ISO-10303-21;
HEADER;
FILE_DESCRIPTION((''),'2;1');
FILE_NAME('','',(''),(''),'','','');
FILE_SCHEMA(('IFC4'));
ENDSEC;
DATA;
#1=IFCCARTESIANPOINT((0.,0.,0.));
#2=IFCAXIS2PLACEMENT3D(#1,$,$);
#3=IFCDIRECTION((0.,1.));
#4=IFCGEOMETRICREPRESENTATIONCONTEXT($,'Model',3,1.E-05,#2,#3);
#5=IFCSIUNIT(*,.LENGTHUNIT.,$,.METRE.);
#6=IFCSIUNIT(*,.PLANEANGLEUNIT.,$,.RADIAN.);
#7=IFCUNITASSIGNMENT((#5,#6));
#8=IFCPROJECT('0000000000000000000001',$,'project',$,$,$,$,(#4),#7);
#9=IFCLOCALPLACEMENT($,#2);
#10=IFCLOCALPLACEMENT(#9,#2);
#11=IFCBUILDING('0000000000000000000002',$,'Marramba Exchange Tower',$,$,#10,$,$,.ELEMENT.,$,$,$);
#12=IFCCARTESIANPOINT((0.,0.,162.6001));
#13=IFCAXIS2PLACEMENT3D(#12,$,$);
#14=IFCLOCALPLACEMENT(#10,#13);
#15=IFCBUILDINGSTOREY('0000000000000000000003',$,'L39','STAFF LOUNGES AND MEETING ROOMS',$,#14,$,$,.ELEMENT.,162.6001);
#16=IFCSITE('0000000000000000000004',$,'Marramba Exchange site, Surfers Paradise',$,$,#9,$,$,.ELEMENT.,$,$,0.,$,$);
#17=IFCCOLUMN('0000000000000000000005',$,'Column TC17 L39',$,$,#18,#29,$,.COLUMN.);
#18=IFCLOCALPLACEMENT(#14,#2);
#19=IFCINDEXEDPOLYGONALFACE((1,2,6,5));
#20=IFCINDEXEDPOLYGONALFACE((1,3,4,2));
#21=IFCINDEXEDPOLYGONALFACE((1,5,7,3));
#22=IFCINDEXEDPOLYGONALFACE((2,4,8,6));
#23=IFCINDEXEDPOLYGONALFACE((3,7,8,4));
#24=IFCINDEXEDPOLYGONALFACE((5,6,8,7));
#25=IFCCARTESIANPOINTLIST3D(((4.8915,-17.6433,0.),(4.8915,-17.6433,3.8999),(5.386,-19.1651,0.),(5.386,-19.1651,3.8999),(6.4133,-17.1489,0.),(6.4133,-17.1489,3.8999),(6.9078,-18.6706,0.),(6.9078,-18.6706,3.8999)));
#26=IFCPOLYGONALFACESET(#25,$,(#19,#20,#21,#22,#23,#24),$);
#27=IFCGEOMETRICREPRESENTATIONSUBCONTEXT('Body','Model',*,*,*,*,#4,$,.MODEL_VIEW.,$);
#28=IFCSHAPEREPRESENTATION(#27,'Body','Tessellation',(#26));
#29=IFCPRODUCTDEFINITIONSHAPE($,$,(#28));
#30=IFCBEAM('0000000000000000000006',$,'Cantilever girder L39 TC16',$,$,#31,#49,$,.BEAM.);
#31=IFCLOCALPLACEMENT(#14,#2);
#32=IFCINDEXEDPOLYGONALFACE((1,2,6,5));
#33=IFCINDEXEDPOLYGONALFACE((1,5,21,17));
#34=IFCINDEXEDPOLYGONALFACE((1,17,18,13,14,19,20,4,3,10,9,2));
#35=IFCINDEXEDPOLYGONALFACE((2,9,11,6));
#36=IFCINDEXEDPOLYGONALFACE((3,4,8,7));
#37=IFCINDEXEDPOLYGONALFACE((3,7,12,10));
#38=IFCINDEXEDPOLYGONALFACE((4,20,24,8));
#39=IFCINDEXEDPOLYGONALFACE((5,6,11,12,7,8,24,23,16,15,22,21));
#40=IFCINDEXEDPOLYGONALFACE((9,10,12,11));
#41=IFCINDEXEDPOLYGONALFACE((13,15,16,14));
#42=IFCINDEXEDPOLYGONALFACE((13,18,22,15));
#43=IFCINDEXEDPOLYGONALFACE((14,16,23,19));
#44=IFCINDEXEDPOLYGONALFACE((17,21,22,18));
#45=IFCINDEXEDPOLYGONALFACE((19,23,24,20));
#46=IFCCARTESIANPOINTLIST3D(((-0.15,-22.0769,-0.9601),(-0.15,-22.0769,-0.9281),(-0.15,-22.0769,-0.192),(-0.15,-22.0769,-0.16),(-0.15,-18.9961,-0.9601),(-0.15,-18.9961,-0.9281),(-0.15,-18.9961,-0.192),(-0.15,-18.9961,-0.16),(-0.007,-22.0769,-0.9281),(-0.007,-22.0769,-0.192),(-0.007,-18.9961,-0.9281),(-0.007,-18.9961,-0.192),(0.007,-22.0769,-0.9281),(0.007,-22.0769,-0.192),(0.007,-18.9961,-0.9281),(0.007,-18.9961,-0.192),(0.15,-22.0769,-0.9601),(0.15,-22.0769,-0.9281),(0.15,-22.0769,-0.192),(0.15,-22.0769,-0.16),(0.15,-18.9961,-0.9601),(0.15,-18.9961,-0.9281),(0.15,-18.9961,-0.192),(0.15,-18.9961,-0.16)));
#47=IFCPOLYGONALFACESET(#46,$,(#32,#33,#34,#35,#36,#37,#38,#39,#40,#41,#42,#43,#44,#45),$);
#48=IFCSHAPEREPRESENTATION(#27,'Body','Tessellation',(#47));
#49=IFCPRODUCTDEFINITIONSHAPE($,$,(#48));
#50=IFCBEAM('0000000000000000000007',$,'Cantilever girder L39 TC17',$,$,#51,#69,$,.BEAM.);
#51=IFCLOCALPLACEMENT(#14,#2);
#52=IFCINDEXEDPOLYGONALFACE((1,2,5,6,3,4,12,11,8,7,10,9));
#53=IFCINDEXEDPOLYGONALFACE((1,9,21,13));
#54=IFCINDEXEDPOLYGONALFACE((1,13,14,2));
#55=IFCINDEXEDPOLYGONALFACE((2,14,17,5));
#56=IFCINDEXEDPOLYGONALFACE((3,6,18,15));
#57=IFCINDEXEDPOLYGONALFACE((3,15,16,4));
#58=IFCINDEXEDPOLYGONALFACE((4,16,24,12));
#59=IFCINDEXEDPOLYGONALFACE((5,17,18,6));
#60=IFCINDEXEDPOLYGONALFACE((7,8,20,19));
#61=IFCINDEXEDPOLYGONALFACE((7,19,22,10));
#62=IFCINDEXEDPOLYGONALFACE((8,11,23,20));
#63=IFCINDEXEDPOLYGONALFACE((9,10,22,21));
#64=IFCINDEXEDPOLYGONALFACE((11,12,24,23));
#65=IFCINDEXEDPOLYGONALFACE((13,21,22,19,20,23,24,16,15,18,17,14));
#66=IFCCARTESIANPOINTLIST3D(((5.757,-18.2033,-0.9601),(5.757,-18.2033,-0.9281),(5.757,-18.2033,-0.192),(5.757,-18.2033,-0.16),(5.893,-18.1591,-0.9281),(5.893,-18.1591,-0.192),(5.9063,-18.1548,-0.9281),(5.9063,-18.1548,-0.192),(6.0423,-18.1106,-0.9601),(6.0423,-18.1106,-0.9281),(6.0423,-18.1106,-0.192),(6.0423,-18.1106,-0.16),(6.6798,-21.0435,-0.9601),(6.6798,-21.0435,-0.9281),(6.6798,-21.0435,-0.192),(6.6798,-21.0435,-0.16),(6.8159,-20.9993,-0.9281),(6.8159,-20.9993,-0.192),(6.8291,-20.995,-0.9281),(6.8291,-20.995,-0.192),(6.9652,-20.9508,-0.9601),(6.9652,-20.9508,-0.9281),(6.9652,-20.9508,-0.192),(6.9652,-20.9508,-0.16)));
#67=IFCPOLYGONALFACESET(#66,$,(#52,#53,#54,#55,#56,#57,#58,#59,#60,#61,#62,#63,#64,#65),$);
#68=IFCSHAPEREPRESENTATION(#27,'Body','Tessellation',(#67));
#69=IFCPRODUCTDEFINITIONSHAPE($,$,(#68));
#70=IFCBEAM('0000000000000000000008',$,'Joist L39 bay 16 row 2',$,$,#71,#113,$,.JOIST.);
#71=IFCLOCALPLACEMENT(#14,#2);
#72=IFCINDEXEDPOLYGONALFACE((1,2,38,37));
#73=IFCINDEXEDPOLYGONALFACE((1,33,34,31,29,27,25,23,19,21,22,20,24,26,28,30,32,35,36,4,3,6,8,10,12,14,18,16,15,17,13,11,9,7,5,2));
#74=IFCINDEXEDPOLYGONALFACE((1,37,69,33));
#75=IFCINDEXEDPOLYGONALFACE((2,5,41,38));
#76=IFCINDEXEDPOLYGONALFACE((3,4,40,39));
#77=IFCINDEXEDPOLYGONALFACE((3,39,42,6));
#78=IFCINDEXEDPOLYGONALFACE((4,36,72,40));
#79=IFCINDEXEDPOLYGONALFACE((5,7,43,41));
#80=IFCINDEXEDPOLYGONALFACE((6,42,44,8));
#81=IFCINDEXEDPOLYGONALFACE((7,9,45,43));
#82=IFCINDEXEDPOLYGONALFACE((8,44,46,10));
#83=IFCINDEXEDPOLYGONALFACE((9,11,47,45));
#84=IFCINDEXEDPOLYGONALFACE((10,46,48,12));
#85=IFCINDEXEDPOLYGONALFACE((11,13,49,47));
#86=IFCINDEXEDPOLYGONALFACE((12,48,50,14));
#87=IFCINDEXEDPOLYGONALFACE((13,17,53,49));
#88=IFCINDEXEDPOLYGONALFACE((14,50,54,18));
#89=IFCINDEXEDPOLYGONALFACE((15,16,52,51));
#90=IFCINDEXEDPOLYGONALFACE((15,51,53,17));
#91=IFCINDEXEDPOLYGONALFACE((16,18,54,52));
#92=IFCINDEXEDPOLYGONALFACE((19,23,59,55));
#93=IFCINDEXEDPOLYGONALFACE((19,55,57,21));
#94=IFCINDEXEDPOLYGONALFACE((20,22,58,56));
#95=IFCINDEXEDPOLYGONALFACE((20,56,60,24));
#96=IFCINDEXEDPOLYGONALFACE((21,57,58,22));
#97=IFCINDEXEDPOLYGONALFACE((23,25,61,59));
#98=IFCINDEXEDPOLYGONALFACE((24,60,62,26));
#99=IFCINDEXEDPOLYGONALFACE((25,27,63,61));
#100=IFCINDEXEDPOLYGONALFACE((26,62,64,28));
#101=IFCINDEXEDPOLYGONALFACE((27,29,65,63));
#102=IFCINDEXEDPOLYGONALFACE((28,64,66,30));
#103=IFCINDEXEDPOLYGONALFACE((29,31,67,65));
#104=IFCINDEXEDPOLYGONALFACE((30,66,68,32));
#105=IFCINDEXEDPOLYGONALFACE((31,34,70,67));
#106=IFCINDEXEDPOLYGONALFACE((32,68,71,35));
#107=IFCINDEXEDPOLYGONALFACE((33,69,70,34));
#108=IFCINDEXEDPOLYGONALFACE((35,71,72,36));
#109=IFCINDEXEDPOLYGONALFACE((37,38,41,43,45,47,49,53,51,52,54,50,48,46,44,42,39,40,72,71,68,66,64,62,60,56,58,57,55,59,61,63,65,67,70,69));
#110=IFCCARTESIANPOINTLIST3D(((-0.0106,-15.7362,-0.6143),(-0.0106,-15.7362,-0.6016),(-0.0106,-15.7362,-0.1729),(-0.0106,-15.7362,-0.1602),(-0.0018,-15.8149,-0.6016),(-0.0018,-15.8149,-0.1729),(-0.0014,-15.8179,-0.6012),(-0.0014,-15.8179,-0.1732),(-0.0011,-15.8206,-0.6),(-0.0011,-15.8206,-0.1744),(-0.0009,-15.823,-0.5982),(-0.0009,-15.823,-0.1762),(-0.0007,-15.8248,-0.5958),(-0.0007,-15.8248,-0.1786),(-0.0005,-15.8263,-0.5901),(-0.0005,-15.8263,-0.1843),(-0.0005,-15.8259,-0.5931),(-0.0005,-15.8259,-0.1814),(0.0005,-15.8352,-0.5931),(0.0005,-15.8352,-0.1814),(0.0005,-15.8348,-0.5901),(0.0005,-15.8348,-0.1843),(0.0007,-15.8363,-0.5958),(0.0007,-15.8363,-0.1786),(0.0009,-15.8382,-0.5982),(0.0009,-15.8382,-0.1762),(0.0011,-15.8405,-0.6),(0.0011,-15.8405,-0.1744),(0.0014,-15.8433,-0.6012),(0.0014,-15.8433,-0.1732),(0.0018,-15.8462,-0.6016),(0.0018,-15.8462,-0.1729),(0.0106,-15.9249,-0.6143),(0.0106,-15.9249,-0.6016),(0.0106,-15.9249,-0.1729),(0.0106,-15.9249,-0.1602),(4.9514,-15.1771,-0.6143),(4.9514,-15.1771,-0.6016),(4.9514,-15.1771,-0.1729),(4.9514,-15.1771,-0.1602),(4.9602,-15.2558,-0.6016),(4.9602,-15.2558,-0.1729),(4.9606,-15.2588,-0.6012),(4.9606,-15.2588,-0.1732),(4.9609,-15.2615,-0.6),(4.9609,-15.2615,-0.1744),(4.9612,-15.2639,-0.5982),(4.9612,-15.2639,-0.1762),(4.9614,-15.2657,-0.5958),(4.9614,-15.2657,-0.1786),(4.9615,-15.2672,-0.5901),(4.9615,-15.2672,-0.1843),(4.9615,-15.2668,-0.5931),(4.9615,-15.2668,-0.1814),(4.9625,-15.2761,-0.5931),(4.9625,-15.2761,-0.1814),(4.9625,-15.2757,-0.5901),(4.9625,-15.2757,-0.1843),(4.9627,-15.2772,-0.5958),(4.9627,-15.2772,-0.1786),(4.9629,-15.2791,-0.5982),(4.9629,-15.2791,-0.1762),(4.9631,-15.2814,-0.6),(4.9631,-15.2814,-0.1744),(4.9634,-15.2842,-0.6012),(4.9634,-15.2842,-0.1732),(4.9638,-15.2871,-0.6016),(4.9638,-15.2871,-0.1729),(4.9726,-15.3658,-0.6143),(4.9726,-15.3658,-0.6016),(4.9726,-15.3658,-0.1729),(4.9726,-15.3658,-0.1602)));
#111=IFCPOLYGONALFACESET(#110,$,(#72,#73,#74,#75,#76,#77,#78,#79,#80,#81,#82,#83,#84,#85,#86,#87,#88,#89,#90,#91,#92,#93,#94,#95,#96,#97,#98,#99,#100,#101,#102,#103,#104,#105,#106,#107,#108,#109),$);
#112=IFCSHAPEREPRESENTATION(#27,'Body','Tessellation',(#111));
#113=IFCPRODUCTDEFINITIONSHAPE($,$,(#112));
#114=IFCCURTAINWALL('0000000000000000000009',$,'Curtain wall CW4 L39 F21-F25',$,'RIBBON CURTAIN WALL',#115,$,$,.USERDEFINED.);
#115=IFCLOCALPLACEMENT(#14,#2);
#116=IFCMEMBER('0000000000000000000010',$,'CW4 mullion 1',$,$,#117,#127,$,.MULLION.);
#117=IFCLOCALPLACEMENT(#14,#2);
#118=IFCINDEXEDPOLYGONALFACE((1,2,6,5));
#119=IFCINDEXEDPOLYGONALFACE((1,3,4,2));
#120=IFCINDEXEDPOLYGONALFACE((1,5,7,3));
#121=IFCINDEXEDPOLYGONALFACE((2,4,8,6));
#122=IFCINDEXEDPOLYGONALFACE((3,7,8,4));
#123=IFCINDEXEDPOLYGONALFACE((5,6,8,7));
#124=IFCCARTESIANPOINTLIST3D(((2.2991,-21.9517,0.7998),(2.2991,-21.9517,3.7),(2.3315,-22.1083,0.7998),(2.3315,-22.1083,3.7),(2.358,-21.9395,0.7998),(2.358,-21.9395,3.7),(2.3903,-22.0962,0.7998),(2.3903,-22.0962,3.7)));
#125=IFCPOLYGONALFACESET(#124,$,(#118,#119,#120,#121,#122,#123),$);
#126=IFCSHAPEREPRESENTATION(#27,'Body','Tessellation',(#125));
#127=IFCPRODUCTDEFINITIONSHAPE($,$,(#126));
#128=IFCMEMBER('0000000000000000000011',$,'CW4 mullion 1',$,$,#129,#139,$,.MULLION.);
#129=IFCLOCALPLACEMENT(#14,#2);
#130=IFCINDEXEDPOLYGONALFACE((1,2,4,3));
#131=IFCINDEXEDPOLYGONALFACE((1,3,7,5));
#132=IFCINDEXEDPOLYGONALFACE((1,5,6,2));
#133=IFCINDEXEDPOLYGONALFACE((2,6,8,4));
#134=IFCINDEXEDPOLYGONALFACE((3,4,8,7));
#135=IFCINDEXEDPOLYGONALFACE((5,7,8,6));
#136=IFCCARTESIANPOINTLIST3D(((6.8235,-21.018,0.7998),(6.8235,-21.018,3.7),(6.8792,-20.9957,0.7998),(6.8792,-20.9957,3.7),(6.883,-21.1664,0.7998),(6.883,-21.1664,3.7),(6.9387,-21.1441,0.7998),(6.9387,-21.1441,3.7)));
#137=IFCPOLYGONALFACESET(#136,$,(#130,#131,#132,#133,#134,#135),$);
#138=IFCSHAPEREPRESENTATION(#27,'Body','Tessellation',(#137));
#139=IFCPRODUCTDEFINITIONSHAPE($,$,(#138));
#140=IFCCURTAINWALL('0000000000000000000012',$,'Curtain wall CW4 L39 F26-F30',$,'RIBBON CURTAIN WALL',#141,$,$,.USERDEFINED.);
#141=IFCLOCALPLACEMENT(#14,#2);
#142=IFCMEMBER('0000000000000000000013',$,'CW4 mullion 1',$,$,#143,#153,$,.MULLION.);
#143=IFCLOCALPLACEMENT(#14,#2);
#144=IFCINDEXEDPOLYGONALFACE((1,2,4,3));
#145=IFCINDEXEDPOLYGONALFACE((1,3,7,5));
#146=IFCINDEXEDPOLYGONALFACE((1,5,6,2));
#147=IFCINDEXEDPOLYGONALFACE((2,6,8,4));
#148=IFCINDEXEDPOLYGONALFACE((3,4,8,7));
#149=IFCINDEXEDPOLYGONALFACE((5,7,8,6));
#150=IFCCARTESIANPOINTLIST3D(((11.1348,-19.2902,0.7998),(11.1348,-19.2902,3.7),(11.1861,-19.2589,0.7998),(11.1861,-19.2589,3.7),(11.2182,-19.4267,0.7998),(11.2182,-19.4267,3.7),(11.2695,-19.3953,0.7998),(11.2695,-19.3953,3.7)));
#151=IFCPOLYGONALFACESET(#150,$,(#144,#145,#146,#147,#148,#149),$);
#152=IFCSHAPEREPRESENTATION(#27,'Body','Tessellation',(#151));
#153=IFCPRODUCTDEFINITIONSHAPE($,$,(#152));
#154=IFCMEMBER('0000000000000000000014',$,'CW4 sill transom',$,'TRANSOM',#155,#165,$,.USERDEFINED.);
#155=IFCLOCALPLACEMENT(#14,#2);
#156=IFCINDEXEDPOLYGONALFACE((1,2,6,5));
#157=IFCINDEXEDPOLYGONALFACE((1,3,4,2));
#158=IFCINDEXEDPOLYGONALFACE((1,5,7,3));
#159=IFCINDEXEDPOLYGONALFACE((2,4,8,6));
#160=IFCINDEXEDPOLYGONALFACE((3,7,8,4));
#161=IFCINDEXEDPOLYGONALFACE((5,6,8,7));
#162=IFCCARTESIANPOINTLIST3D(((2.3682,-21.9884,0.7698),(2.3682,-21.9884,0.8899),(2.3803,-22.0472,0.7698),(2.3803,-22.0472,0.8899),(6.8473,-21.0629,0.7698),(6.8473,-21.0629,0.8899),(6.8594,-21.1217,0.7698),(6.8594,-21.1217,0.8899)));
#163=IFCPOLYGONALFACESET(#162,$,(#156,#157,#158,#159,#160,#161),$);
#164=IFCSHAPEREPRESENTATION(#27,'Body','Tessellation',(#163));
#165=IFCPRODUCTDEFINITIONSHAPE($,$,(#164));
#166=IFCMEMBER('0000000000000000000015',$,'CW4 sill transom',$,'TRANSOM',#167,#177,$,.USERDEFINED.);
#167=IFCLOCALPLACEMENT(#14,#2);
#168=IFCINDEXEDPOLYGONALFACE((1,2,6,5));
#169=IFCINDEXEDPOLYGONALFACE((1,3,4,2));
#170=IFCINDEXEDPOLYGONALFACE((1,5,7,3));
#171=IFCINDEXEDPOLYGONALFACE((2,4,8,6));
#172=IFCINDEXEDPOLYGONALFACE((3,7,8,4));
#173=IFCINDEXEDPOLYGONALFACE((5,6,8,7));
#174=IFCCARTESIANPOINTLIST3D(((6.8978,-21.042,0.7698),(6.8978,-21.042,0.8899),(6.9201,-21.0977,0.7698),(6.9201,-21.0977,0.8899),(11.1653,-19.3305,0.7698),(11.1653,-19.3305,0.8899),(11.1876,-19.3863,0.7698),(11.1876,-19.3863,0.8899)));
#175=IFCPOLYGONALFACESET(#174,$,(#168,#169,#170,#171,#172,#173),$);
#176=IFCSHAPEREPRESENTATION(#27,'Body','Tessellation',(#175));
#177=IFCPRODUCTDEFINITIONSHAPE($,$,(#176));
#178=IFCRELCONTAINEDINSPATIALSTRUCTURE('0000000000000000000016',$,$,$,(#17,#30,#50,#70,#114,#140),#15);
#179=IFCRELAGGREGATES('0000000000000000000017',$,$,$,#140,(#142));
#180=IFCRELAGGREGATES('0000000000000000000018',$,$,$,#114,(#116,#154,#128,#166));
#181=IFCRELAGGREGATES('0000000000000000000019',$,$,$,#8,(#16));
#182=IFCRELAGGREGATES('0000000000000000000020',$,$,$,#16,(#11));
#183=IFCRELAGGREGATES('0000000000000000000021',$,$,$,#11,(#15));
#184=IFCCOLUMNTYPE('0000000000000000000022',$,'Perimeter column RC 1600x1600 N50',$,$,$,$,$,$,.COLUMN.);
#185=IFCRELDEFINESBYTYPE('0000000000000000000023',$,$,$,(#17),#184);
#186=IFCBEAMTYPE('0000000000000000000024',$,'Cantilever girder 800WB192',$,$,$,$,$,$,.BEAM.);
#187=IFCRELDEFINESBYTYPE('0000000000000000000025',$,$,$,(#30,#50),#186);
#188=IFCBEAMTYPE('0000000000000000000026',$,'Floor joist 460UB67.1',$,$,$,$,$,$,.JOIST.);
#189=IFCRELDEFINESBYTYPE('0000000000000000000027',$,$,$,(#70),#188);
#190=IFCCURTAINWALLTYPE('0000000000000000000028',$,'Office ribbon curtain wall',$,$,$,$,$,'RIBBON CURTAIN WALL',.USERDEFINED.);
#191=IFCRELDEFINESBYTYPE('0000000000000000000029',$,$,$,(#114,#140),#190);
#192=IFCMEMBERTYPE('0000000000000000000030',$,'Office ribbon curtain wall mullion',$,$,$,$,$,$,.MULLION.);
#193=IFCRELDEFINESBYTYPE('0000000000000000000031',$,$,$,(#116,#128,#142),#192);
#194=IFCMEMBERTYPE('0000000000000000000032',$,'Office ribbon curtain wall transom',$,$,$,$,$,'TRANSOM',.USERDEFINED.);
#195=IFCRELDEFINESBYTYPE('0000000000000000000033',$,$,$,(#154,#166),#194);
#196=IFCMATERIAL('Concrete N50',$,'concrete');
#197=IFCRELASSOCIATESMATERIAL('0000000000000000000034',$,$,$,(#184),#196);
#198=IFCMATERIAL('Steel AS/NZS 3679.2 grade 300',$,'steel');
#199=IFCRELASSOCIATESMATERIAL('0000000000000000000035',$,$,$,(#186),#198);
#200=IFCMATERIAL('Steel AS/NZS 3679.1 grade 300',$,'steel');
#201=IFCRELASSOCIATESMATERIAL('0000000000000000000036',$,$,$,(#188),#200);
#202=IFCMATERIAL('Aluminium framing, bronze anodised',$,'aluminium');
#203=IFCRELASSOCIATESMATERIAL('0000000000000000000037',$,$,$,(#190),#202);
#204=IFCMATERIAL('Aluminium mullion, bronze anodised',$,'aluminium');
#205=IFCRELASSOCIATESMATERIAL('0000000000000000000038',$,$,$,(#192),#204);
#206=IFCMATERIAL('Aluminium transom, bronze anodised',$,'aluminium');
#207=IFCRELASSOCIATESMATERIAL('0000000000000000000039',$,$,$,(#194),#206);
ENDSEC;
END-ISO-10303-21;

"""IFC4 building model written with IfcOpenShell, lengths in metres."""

from ifc_helpers import new_model, si_unit, direction, frame, origin, origin_2d, place, context, subcontext, project, spatial, rectangle, i_section, extrude, material, material_profile, profile_set, type_object, element, aggregate, save


model = new_model("IFC4")

# Units and contexts
model_context = context("Model", 3, precision=1e-05, world=origin(), true_north=direction((0.0, 1.0)))
body_context = subcontext(model_context, "Body", "Model", "MODEL_VIEW")
ifc_project = project(units=[si_unit("LENGTHUNIT", "METRE"), si_unit("PLANEANGLEUNIT", "RADIAN")], contexts=[model_context])

# Site, building, storey
site_placement = place(None, origin())
site = spatial("IfcSite", under=ifc_project, at=site_placement, Name="Marramba Exchange site, Surfers Paradise", CompositionType="ELEMENT", RefElevation=0.0)
building_placement = place(site_placement, origin())
building = spatial("IfcBuilding", under=site, at=building_placement, Name="Marramba Exchange Tower", CompositionType="ELEMENT")
storey_placement = place(building_placement, frame((0.0, 0.0, 162.6001)))
storey = spatial("IfcBuildingStorey", under=building, at=storey_placement, Name="L39", Description="STAFF LOUNGES AND MEETING ROOMS", CompositionType="ELEMENT", Elevation=162.6001)

# Column
ifc_material_1 = material(Name="Concrete N50", Category="concrete")
ifc_material_profile_1 = material_profile(ifc_material_1, rectangle(XDim=1.6001, YDim=1.6001, at=origin_2d()), Name="RC 1600x1600")
ifc_profile_set_1 = profile_set([ifc_material_profile_1], Name="Concrete N50")
column_type = type_object("IfcColumnType", Name="Perimeter column RC 1600x1600 N50", PredefinedType="COLUMN", material=ifc_profile_set_1)
column_placement = place(storey_placement, frame((5.8997, -18.157, 0.0), z_axis=(0.0, 0.0, 1.0), x_axis=(0.309017, -0.951057, 0.0)))
element("IfcColumn", 1, at=column_placement, inside=storey, type_object=column_type, Name="Column TC17 L39", PredefinedType="COLUMN", context=body_context, shape_type="SweptSolid", body=[
    extrude(rectangle(XDim=1.6001, YDim=1.6001, at=origin_2d()), origin(), (0.0, 0.0, 1.0), 3.8999),
])

# Beams
ifc_material_2 = material(Name="Steel AS/NZS 3679.2 grade 300", Category="steel")
ifc_material_profile_2 = material_profile(ifc_material_2, i_section(OverallWidth=0.3, OverallDepth=0.8, WebThickness=0.0139, FlangeThickness=0.032, at=origin_2d()), Name="800WB192")
ifc_profile_set_2 = profile_set([ifc_material_profile_2], Name="Steel AS/NZS 3679.2 grade 300")
beam_type_1 = type_object("IfcBeamType", Name="Cantilever girder 800WB192", PredefinedType="BEAM", material=ifc_profile_set_2)
beam_1_placement = place(storey_placement, frame((0.0, -18.9961, -0.5601), z_axis=(0.0, -1.0, 0.0), x_axis=(1.0, 0.0, 0.0)))
element("IfcBeam", 2, at=beam_1_placement, inside=storey, type_object=beam_type_1, Name="Cantilever girder L39 TC16", PredefinedType="BEAM", context=body_context, shape_type="SweptSolid", body=[
    extrude(i_section(OverallWidth=0.3, OverallDepth=0.8, WebThickness=0.0139, FlangeThickness=0.032, at=origin_2d()), origin(), (0.0, 0.0, 1.0), 3.0808),
])
beam_2_placement = place(storey_placement, frame((5.8997, -18.157, -0.5601), z_axis=(0.309032, -0.951051, 0.0), x_axis=(0.951051, 0.309032, 0.0)))
element("IfcBeam", 3, at=beam_2_placement, inside=storey, type_object=beam_type_1, Name="Cantilever girder L39 TC17", PredefinedType="BEAM", context=body_context, shape_type="SweptSolid", body=[
    extrude(i_section(OverallWidth=0.3, OverallDepth=0.8, WebThickness=0.0139, FlangeThickness=0.032, at=origin_2d()), origin(), (0.0, 0.0, 1.0), 2.9863),
])
ifc_material_3 = material(Name="Steel AS/NZS 3679.1 grade 300", Category="steel")
ifc_material_profile_3 = material_profile(ifc_material_3, i_section(OverallWidth=0.1899, OverallDepth=0.4541, WebThickness=0.0085, FlangeThickness=0.0127, FilletRadius=0.0115, at=origin_2d()), Name="460UB67.1")
ifc_profile_set_3 = profile_set([ifc_material_profile_3], Name="Steel AS/NZS 3679.1 grade 300")
beam_type_2 = type_object("IfcBeamType", Name="Floor joist 460UB67.1", PredefinedType="JOIST", material=ifc_profile_set_3)
beam_3_placement = place(storey_placement, frame((0.0, -15.8306, -0.3872), z_axis=(0.993712, 0.111966, 0.0), x_axis=(-0.111966, 0.993712, 0.0)))
element("IfcBeam", 4, at=beam_3_placement, inside=storey, type_object=beam_type_2, Name="Joist L39 bay 16 row 2", PredefinedType="JOIST", context=body_context, shape_type="SweptSolid", body=[
    extrude(i_section(OverallWidth=0.1899, OverallDepth=0.4541, WebThickness=0.0085, FlangeThickness=0.0127, FilletRadius=0.0115, at=origin_2d()), origin(), (0.0, 0.0, 1.0), 4.9934),
])

# Curtain wall, members
ifc_material_4 = material(Name="Aluminium framing, bronze anodised", Category="aluminium")
curtain_wall_type = type_object("IfcCurtainWallType", Name="Office ribbon curtain wall", ElementType="RIBBON CURTAIN WALL", PredefinedType="USERDEFINED", material=ifc_material_4)
curtain_wall_1_placement = place(storey_placement, origin())
curtain_wall_1 = element("IfcCurtainWall", 5, at=curtain_wall_1_placement, inside=storey, type_object=curtain_wall_type, Name="Curtain wall CW4 L39 F21-F25", ObjectType="RIBBON CURTAIN WALL", PredefinedType="USERDEFINED")
ifc_material_5 = material(Name="Aluminium mullion, bronze anodised", Category="aluminium")
ifc_material_profile_4 = material_profile(ifc_material_5, rectangle(XDim=0.1599, YDim=0.0601, at=origin_2d()), Name="CW4 mullion 60x160")
ifc_profile_set_4 = profile_set([ifc_material_profile_4], Name="Aluminium mullion, bronze anodised")
member_type_1 = type_object("IfcMemberType", Name="Office ribbon curtain wall mullion", PredefinedType="MULLION", material=ifc_profile_set_4)
member_1_placement = place(storey_placement, frame((2.3447, -22.0239, 0.7998), z_axis=(0.0, 0.0, 1.0), x_axis=(-0.202365, 0.97931, 0.0)))
member_1 = element("IfcMember", 6, at=member_1_placement, type_object=member_type_1, Name="CW4 mullion 1", PredefinedType="MULLION", context=body_context, shape_type="SweptSolid", body=[
    extrude(rectangle(XDim=0.1599, YDim=0.0601, at=origin_2d()), origin(), (0.0, 0.0, 1.0), 2.9001),
])
member_2_placement = place(storey_placement, frame((6.8811, -21.0811, 0.7998), z_axis=(0.0, 0.0, 1.0), x_axis=(-0.372209, 0.928149, 0.0)))
member_2 = element("IfcMember", 7, at=member_2_placement, type_object=member_type_1, Name="CW4 mullion 1", PredefinedType="MULLION", context=body_context, shape_type="SweptSolid", body=[
    extrude(rectangle(XDim=0.1599, YDim=0.0601, at=origin_2d()), origin(), (0.0, 0.0, 1.0), 2.9001),
])

# Curtain wall, member
curtain_wall_2_placement = place(storey_placement, origin())
curtain_wall_2 = element("IfcCurtainWall", 8, at=curtain_wall_2_placement, inside=storey, type_object=curtain_wall_type, Name="Curtain wall CW4 L39 F26-F30", ObjectType="RIBBON CURTAIN WALL", PredefinedType="USERDEFINED")
member_3_placement = place(storey_placement, frame((11.2021, -19.3428, 0.7998), z_axis=(0.0, 0.0, 1.0), x_axis=(-0.521733, 0.853109, 0.0)))
member_3 = element("IfcMember", 9, at=member_3_placement, type_object=member_type_1, Name="CW4 mullion 1", PredefinedType="MULLION", context=body_context, shape_type="SweptSolid", body=[
    extrude(rectangle(XDim=0.1599, YDim=0.0601, at=origin_2d()), origin(), (0.0, 0.0, 1.0), 2.9001),
])
aggregate(curtain_wall_2, [member_3])

# Members
ifc_material_6 = material(Name="Aluminium transom, bronze anodised", Category="aluminium")
ifc_material_profile_5 = material_profile(ifc_material_6, rectangle(XDim=0.0601, YDim=0.1201, at=origin_2d()), Name="CW4 transom 60x120")
ifc_profile_set_5 = profile_set([ifc_material_profile_5], Name="Aluminium transom, bronze anodised")
member_type_2 = type_object("IfcMemberType", Name="Office ribbon curtain wall transom", ElementType="TRANSOM", PredefinedType="USERDEFINED", material=ifc_profile_set_5)
member_4_placement = place(storey_placement, frame((2.3743, -22.0178, 0.8298), z_axis=(0.97931, 0.202364, 0.0), x_axis=(-0.202364, 0.97931, 0.0)))
member_4 = element("IfcMember", 10, at=member_4_placement, type_object=member_type_2, Name="CW4 sill transom", ObjectType="TRANSOM", PredefinedType="USERDEFINED", context=body_context, shape_type="SweptSolid", body=[
    extrude(rectangle(XDim=0.0601, YDim=0.1201, at=origin_2d()), origin(), (0.0, 0.0, 1.0), 4.5737),
])
member_5_placement = place(storey_placement, frame((6.9089, -21.0698, 0.8298), z_axis=(0.928147, 0.372214, 0.0), x_axis=(-0.372214, 0.928147, 0.0)))
member_5 = element("IfcMember", 11, at=member_5_placement, type_object=member_type_2, Name="CW4 sill transom", ObjectType="TRANSOM", PredefinedType="USERDEFINED", context=body_context, shape_type="SweptSolid", body=[
    extrude(rectangle(XDim=0.0601, YDim=0.1201, at=origin_2d()), origin(), (0.0, 0.0, 1.0), 4.5979),
])

aggregate(curtain_wall_1, [member_1, member_4, member_2, member_5])

save(model, "model.ifc")
